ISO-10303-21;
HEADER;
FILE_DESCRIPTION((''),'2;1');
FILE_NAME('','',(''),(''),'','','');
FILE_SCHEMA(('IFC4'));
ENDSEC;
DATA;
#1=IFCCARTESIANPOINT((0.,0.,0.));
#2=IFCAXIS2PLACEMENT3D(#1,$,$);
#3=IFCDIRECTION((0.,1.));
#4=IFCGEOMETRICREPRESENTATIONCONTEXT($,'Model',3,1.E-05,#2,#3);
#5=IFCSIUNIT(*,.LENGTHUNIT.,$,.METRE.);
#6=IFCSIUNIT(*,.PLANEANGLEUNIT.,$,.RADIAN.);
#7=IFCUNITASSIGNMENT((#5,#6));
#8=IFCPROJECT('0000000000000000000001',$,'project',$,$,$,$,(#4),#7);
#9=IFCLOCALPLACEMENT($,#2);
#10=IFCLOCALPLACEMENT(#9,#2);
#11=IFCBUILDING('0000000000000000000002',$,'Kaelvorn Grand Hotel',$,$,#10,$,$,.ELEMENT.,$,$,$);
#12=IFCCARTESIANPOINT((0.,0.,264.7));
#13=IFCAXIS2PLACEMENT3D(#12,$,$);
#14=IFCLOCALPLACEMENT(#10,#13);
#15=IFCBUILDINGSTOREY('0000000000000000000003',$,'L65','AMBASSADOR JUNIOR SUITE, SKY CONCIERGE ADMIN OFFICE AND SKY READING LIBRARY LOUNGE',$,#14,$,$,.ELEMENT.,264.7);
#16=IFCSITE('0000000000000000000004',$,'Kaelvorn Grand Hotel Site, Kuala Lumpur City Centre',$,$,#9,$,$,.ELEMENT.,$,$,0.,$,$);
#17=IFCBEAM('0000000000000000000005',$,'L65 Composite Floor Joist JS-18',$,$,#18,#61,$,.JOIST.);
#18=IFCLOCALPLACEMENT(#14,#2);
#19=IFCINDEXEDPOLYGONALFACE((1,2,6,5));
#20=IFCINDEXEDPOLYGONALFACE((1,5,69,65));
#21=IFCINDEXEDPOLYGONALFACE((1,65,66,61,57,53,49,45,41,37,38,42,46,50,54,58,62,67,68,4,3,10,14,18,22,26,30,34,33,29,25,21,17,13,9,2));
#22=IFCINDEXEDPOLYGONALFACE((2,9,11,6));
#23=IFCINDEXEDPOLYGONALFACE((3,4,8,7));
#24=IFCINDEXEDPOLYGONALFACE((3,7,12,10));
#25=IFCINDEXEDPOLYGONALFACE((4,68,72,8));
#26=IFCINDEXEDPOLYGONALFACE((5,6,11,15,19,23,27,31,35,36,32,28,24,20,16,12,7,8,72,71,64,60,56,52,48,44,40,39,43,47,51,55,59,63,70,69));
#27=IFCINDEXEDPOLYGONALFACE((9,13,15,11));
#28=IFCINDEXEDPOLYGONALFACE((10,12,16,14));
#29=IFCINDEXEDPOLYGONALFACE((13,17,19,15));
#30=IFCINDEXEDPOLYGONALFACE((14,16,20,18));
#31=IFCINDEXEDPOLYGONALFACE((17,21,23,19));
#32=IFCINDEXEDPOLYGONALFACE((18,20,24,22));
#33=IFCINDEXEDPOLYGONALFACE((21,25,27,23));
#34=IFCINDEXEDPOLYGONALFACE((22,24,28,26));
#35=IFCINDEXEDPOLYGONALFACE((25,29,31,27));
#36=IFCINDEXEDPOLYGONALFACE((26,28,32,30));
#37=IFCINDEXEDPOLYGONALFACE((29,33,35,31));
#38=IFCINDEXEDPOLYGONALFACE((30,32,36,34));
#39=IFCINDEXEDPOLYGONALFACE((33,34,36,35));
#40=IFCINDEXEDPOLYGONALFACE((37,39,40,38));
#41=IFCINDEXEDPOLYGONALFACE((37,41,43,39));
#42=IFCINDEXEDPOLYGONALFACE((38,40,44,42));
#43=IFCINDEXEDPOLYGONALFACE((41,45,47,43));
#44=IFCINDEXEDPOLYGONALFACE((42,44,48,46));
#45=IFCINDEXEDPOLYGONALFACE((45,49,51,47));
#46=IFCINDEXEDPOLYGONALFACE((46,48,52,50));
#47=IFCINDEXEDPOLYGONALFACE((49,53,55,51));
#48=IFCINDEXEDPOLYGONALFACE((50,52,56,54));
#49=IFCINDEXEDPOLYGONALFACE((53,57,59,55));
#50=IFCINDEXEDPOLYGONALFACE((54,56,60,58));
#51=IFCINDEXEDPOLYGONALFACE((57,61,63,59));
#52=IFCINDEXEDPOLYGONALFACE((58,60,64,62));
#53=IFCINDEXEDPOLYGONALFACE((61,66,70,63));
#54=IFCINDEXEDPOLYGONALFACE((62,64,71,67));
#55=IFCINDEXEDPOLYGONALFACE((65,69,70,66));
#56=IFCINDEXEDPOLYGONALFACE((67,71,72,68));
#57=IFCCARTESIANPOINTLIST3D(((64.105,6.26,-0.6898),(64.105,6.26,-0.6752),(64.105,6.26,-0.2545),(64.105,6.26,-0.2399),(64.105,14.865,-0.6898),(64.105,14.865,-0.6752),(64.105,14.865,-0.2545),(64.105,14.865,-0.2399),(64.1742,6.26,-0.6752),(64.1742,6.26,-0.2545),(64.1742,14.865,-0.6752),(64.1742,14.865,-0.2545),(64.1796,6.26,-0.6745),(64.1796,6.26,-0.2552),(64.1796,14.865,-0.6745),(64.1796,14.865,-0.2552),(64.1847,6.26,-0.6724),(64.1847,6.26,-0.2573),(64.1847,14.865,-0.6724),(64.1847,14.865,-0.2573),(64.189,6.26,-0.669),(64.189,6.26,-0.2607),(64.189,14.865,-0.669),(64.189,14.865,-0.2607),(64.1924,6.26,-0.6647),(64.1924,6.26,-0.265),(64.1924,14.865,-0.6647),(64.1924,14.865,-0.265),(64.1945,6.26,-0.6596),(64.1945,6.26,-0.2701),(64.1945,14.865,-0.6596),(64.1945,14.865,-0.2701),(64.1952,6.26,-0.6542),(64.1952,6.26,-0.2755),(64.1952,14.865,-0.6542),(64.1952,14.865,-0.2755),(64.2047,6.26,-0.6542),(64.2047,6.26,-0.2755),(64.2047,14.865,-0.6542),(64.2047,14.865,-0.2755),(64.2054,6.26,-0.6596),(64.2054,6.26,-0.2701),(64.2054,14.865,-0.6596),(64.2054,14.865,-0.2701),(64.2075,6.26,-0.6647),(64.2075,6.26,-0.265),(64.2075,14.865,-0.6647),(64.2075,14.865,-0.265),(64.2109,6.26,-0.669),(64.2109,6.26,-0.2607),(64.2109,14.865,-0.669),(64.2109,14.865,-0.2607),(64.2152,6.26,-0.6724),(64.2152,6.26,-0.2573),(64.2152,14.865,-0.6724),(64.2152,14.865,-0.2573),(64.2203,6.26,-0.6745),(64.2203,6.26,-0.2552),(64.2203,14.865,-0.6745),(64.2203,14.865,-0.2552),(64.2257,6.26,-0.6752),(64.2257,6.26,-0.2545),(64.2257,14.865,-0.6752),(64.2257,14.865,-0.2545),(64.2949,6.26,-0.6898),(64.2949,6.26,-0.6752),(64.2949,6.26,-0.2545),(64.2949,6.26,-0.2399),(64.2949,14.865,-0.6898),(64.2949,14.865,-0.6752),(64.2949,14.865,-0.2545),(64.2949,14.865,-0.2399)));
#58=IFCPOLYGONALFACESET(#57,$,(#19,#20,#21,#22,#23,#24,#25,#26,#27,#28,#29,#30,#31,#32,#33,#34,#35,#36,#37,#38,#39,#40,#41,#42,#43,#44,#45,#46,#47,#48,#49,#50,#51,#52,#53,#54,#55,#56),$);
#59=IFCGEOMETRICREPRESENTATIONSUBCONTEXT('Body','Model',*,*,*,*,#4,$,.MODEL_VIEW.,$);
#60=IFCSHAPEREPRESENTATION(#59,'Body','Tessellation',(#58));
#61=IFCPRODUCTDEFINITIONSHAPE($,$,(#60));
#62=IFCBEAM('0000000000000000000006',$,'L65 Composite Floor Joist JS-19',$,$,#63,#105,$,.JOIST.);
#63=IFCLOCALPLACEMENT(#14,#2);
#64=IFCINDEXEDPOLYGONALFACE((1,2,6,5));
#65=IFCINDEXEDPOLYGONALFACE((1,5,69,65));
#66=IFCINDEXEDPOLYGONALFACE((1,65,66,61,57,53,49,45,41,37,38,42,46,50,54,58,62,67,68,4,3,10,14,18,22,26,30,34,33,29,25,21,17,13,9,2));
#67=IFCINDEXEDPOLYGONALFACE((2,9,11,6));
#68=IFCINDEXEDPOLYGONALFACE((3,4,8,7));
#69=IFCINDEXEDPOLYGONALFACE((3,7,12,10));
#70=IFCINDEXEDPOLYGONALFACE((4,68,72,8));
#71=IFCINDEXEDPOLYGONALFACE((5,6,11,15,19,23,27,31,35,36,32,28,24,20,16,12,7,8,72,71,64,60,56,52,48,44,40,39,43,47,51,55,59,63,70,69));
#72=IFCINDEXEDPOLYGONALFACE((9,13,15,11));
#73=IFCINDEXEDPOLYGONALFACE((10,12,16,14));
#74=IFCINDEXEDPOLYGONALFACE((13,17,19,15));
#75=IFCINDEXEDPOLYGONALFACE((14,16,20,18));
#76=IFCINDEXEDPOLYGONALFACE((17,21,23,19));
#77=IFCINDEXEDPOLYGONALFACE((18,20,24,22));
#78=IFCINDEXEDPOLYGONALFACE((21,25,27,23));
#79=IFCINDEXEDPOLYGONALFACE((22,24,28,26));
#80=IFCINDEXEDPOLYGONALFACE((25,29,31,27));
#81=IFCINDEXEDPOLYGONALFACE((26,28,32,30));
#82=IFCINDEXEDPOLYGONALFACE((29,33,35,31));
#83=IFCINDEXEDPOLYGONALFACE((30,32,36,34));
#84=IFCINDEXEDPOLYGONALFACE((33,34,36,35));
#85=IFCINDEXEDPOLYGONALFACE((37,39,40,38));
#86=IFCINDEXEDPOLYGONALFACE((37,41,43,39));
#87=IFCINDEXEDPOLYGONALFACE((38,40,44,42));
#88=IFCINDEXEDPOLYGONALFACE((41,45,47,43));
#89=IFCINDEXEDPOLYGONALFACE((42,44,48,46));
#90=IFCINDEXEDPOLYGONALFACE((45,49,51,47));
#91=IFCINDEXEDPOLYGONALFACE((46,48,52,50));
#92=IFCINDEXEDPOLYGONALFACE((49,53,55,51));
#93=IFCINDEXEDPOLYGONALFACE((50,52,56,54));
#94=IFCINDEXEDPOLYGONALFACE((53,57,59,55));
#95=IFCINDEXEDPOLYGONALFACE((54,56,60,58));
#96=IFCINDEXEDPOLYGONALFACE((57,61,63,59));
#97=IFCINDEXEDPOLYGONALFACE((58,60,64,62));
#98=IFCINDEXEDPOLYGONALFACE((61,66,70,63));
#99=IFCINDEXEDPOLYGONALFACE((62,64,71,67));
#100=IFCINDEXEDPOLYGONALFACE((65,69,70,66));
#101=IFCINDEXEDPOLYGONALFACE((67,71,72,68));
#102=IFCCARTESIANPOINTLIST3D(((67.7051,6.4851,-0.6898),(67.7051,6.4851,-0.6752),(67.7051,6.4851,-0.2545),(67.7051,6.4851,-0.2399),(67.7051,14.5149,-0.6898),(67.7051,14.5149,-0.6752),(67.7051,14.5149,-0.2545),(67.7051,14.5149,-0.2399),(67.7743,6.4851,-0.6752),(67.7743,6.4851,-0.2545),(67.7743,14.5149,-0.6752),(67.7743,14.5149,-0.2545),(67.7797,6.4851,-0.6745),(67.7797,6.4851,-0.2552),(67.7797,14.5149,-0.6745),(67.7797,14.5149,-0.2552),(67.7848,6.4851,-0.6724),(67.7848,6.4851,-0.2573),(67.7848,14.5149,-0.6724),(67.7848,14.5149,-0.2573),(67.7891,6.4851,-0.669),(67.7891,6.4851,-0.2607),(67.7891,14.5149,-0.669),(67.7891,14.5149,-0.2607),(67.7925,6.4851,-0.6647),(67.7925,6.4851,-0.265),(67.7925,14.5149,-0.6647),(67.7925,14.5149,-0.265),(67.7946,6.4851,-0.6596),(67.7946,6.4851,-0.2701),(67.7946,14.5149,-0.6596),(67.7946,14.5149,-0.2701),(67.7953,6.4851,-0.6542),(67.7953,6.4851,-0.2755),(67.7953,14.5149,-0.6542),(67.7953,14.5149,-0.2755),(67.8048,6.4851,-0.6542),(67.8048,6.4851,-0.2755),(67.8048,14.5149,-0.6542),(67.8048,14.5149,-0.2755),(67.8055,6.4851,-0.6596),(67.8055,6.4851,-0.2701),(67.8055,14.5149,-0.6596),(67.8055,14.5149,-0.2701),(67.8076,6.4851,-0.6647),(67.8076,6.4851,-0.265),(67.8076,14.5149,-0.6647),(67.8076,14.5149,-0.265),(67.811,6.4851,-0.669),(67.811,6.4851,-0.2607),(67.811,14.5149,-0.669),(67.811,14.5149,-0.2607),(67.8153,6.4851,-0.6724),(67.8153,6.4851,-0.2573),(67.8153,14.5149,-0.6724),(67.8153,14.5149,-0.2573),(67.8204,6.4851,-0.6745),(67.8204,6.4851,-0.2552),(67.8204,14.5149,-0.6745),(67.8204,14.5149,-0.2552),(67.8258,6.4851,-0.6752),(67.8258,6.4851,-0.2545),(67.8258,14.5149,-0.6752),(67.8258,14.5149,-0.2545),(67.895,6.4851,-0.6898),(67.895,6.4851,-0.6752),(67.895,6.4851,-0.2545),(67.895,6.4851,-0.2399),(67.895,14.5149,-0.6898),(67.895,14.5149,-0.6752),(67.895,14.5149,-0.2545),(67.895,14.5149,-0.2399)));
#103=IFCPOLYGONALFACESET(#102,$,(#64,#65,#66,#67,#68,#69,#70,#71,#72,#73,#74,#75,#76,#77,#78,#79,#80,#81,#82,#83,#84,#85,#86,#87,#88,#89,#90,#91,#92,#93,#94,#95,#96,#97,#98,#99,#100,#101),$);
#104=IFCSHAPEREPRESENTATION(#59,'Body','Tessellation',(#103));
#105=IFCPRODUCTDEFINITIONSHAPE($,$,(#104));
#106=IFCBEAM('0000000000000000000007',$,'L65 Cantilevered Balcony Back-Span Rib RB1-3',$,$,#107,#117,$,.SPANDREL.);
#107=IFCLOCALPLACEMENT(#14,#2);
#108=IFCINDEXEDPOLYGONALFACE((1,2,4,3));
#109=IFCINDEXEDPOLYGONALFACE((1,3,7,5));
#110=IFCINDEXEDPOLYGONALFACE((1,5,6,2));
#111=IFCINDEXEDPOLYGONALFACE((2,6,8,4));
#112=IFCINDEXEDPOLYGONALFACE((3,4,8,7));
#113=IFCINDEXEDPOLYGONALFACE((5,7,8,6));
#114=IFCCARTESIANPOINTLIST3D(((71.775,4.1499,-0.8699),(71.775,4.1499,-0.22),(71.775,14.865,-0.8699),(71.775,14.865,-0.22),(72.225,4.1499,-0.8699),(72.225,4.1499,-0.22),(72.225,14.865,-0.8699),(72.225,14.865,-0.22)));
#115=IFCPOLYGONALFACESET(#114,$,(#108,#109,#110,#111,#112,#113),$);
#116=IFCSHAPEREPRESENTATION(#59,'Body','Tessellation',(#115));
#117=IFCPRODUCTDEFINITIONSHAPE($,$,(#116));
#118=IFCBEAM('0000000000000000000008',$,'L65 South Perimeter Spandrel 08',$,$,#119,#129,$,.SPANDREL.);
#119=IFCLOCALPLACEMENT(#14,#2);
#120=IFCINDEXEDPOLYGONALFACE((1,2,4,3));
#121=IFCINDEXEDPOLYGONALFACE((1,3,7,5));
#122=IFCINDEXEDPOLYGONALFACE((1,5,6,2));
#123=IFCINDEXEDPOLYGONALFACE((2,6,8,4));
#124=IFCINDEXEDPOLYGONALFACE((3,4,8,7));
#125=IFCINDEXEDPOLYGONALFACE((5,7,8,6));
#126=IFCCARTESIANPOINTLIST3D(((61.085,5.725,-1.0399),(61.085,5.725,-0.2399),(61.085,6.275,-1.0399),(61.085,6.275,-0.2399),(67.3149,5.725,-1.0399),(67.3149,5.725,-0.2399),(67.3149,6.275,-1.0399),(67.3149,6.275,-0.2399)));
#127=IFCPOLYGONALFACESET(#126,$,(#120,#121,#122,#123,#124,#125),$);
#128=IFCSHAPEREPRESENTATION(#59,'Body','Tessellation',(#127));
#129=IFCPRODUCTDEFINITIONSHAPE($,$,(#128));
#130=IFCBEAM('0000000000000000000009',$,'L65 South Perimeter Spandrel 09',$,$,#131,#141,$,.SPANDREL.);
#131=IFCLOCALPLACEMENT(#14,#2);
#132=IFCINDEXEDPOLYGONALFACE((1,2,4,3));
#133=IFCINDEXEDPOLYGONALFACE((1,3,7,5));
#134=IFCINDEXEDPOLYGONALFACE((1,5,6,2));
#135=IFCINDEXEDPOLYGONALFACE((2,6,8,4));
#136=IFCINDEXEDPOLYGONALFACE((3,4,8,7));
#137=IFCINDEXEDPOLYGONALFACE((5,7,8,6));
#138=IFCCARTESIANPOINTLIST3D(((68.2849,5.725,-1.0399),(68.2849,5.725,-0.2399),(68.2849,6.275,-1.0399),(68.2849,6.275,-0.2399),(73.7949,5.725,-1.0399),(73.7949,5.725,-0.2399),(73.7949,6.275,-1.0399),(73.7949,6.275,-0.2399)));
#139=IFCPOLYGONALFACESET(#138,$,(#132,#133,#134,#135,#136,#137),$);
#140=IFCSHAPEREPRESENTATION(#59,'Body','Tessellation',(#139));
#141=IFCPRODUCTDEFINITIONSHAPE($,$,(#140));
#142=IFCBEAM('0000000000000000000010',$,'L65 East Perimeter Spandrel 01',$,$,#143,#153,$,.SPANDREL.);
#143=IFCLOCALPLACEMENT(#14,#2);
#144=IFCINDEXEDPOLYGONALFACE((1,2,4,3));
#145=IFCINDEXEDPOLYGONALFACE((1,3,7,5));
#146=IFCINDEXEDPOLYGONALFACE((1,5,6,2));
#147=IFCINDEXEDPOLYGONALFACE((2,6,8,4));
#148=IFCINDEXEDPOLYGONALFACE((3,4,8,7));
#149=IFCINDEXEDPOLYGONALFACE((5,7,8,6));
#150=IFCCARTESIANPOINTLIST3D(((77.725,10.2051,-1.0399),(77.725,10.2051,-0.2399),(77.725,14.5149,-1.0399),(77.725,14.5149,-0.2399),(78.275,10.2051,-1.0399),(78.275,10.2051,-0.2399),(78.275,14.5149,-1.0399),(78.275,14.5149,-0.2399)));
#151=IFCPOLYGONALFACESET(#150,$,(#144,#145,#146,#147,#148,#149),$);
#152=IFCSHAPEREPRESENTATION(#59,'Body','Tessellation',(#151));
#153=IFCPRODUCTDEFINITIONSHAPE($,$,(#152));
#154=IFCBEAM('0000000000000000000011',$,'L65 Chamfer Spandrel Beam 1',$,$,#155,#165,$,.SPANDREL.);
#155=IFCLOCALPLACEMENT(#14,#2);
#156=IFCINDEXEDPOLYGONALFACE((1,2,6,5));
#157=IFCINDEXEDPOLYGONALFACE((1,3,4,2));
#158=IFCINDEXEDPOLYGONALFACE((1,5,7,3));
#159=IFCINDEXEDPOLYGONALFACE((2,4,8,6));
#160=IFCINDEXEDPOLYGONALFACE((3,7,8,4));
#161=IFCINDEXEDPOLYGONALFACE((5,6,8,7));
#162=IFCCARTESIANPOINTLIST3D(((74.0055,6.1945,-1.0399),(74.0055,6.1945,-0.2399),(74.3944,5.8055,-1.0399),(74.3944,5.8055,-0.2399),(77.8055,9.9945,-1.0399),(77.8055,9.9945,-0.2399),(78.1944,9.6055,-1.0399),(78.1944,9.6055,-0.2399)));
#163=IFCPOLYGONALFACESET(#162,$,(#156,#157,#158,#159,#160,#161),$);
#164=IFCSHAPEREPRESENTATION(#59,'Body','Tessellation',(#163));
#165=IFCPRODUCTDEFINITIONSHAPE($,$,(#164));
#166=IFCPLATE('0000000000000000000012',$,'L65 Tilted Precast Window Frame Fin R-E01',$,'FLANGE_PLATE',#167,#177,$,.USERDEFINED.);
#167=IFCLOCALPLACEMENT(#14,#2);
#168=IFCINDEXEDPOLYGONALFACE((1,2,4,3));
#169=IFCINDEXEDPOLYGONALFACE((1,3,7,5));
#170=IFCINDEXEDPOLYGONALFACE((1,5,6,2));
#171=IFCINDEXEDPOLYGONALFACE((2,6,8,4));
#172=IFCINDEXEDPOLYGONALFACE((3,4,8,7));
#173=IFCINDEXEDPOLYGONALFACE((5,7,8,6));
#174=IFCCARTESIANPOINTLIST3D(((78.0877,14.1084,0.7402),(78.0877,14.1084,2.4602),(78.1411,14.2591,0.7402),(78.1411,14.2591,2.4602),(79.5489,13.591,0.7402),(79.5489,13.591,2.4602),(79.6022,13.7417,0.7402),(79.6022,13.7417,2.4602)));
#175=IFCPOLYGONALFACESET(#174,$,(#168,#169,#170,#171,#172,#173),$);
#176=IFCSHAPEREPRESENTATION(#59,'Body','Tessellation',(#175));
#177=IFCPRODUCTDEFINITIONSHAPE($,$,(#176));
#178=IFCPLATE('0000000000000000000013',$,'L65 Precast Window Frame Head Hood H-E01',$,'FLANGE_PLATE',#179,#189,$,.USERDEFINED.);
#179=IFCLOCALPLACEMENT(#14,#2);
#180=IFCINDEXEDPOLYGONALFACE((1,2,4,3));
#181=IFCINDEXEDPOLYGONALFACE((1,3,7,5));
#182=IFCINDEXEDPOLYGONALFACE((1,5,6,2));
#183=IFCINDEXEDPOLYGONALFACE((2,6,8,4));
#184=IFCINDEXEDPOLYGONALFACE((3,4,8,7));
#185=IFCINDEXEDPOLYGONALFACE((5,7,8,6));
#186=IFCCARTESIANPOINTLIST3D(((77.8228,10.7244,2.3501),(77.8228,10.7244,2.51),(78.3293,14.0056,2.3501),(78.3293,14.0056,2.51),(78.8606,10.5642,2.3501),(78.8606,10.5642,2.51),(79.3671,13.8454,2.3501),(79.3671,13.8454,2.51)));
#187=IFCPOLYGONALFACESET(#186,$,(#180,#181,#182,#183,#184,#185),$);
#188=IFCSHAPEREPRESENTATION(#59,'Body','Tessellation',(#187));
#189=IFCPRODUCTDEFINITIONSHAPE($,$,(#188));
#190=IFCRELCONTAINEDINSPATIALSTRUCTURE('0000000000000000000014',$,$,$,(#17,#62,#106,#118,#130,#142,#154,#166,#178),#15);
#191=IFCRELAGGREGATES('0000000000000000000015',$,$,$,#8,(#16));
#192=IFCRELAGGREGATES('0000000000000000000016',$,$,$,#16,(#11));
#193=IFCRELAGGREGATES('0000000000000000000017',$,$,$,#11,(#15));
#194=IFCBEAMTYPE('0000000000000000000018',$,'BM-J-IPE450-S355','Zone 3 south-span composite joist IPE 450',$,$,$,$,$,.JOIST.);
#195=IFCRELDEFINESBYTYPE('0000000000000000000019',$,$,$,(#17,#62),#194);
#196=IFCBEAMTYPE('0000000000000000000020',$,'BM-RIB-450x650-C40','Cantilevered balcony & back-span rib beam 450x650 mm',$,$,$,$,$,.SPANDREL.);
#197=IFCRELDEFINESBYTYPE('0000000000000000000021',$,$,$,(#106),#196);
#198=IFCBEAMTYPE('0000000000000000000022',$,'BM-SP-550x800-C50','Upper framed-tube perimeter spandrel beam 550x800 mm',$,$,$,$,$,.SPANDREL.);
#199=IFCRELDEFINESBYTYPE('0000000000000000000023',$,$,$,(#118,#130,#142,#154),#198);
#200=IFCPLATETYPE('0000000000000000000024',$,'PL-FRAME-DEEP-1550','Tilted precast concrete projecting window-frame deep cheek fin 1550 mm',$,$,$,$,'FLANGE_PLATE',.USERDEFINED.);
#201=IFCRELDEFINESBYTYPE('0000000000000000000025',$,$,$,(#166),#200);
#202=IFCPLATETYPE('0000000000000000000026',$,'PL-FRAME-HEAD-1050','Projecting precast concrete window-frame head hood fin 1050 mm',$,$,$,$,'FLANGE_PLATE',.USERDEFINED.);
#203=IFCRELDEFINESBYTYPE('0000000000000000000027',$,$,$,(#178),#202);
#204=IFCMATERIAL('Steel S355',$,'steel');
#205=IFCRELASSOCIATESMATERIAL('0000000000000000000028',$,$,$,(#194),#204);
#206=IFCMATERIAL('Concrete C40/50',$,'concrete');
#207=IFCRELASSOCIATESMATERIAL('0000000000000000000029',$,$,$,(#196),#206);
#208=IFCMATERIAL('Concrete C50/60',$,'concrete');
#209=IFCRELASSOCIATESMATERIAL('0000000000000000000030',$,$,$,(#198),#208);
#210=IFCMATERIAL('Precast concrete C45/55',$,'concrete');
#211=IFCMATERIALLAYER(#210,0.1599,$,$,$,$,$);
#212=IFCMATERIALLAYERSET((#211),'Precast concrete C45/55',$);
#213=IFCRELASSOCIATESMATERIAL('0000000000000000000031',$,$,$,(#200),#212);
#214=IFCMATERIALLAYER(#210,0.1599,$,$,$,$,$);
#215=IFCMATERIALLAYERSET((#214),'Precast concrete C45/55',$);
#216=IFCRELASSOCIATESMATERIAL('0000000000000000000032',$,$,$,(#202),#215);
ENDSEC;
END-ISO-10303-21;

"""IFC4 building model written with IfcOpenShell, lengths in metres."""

from ifc_helpers import new_model, si_unit, direction, frame, origin, origin_2d, place, context, subcontext, project, spatial, rectangle, i_section, extrude, material, layer, layer_set, material_profile, profile_set, type_object, element, save


model = new_model("IFC4")

# Units and contexts
model_context = context("Model", 3, precision=1e-05, world=origin(), true_north=direction((0.0, 1.0)))
body_context = subcontext(model_context, "Body", "Model", "MODEL_VIEW")
ifc_project = project(units=[si_unit("LENGTHUNIT", "METRE"), si_unit("PLANEANGLEUNIT", "RADIAN")], contexts=[model_context])

# Site, building, storey
site_placement = place(None, origin())
site = spatial("IfcSite", under=ifc_project, at=site_placement, Name="Kaelvorn Grand Hotel Site, Kuala Lumpur City Centre", CompositionType="ELEMENT", RefElevation=0.0)
building_placement = place(site_placement, origin())
building = spatial("IfcBuilding", under=site, at=building_placement, Name="Kaelvorn Grand Hotel", CompositionType="ELEMENT")
storey_placement = place(building_placement, frame((0.0, 0.0, 264.7)))
storey = spatial("IfcBuildingStorey", under=building, at=storey_placement, Name="L65", Description="AMBASSADOR JUNIOR SUITE, SKY CONCIERGE ADMIN OFFICE AND SKY READING LIBRARY LOUNGE", CompositionType="ELEMENT", Elevation=264.7)

# Shared definitions
ifc_material_1 = material(Name="Concrete C50/60", Category="concrete")

# Beams
ifc_material_2 = material(Name="Steel S355", Category="steel")
ifc_material_profile_1 = material_profile(ifc_material_2, i_section(OverallWidth=0.1899, OverallDepth=0.45, WebThickness=0.0095, FlangeThickness=0.0146, FilletRadius=0.021, at=origin_2d()), Name="IPE 450")
ifc_profile_set_1 = profile_set([ifc_material_profile_1], Name="Steel S355")
beam_type_1 = type_object("IfcBeamType", Name="BM-J-IPE450-S355", Description="Zone 3 south-span composite joist IPE 450", PredefinedType="JOIST", material=ifc_profile_set_1)
beam_1_placement = place(storey_placement, frame((64.2, 6.26, -0.4648), z_axis=(0.0, 1.0, 0.0), x_axis=(-1.0, 0.0, 0.0)))
element("IfcBeam", 1, at=beam_1_placement, inside=storey, type_object=beam_type_1, Name="L65 Composite Floor Joist JS-18", PredefinedType="JOIST", context=body_context, shape_type="SweptSolid", body=[
    extrude(i_section(OverallWidth=0.1899, OverallDepth=0.45, WebThickness=0.0095, FlangeThickness=0.0146, FilletRadius=0.021, at=origin_2d()), origin(), (0.0, 0.0, 1.0), 8.605),
])
beam_2_placement = place(storey_placement, frame((67.8, 6.4851, -0.4648), z_axis=(0.0, 1.0, 0.0), x_axis=(-1.0, 0.0, 0.0)))
element("IfcBeam", 2, at=beam_2_placement, inside=storey, type_object=beam_type_1, Name="L65 Composite Floor Joist JS-19", PredefinedType="JOIST", context=body_context, shape_type="SweptSolid", body=[
    extrude(i_section(OverallWidth=0.1899, OverallDepth=0.45, WebThickness=0.0095, FlangeThickness=0.0146, FilletRadius=0.021, at=origin_2d()), origin(), (0.0, 0.0, 1.0), 8.0298),
])
ifc_material_3 = material(Name="Concrete C40/50", Category="concrete")
ifc_material_profile_2 = material_profile(ifc_material_3, rectangle(XDim=0.45, YDim=0.6499, at=origin_2d()), Name="RC RIB 450x650")
ifc_profile_set_2 = profile_set([ifc_material_profile_2], Name="Concrete C40/50")
beam_type_2 = type_object("IfcBeamType", Name="BM-RIB-450x650-C40", Description="Cantilevered balcony & back-span rib beam 450x650 mm", PredefinedType="SPANDREL", material=ifc_profile_set_2)
beam_3_placement = place(storey_placement, frame((72.0, 4.1499, -0.5449), z_axis=(0.0, 1.0, 0.0), x_axis=(-1.0, 0.0, 0.0)))
element("IfcBeam", 3, at=beam_3_placement, inside=storey, type_object=beam_type_2, Name="L65 Cantilevered Balcony Back-Span Rib RB1-3", PredefinedType="SPANDREL", context=body_context, shape_type="SweptSolid", body=[
    extrude(rectangle(XDim=0.45, YDim=0.6499, at=origin_2d()), origin(), (0.0, 0.0, 1.0), 10.7151),
])
ifc_material_profile_3 = material_profile(ifc_material_1, rectangle(XDim=0.55, YDim=0.8, at=origin_2d()), Name="RC SPANDREL 550x800")
ifc_profile_set_3 = profile_set([ifc_material_profile_3], Name="Concrete C50/60")
beam_type_3 = type_object("IfcBeamType", Name="BM-SP-550x800-C50", Description="Upper framed-tube perimeter spandrel beam 550x800 mm", PredefinedType="SPANDREL", material=ifc_profile_set_3)
beam_4_placement = place(storey_placement, frame((61.085, 6.0, -0.6399), z_axis=(1.0, 0.0, 0.0), x_axis=(0.0, 1.0, 0.0)))
element("IfcBeam", 4, at=beam_4_placement, inside=storey, type_object=beam_type_3, Name="L65 South Perimeter Spandrel 08", PredefinedType="SPANDREL", context=body_context, shape_type="SweptSolid", body=[
    extrude(rectangle(XDim=0.55, YDim=0.8, at=origin_2d()), origin(), (0.0, 0.0, 1.0), 6.23),
])
beam_5_placement = place(storey_placement, frame((68.2849, 6.0, -0.6399), z_axis=(1.0, 0.0, 0.0), x_axis=(0.0, 1.0, 0.0)))
element("IfcBeam", 5, at=beam_5_placement, inside=storey, type_object=beam_type_3, Name="L65 South Perimeter Spandrel 09", PredefinedType="SPANDREL", context=body_context, shape_type="SweptSolid", body=[
    extrude(rectangle(XDim=0.55, YDim=0.8, at=origin_2d()), origin(), (0.0, 0.0, 1.0), 5.51),
])
beam_6_placement = place(storey_placement, frame((78.0, 10.2051, -0.6399), z_axis=(0.0, 1.0, 0.0), x_axis=(-1.0, 0.0, 0.0)))
element("IfcBeam", 6, at=beam_6_placement, inside=storey, type_object=beam_type_3, Name="L65 East Perimeter Spandrel 01", PredefinedType="SPANDREL", context=body_context, shape_type="SweptSolid", body=[
    extrude(rectangle(XDim=0.55, YDim=0.8, at=origin_2d()), origin(), (0.0, 0.0, 1.0), 4.3098),
])
beam_7_placement = place(storey_placement, frame((74.2, 6.0, -0.6399), z_axis=(0.707107, 0.707107, 0.0), x_axis=(-0.707107, 0.707107, 0.0)))
element("IfcBeam", 7, at=beam_7_placement, inside=storey, type_object=beam_type_3, Name="L65 Chamfer Spandrel Beam 1", PredefinedType="SPANDREL", context=body_context, shape_type="SweptSolid", body=[
    extrude(rectangle(XDim=0.55, YDim=0.8, at=origin_2d()), origin(), (0.0, 0.0, 1.0), 5.374),
])

# Plates
ifc_material_4 = material(Name="Precast concrete C45/55", Category="concrete")
ifc_layer_1 = layer(ifc_material_4, 0.1599)
ifc_layer_set_1 = layer_set([ifc_layer_1], Name="Precast concrete C45/55")
plate_type_1 = type_object("IfcPlateType", Name="PL-FRAME-DEEP-1550", Description="Tilted precast concrete projecting window-frame deep cheek fin 1550 mm", ElementType="FLANGE_PLATE", PredefinedType="USERDEFINED", material=ifc_layer_set_1)
plate_1_placement = place(storey_placement, frame((78.845, 13.925, 0.7402), z_axis=(0.0, 0.0, 1.0), x_axis=(0.333807, 0.942641, 0.0)))
element("IfcPlate", 8, at=plate_1_placement, inside=storey, type_object=plate_type_1, Name="L65 Tilted Precast Window Frame Fin R-E01", ObjectType="FLANGE_PLATE", PredefinedType="USERDEFINED", context=body_context, shape_type="SweptSolid", body=[
    extrude(rectangle(XDim=0.1599, YDim=1.55, at=origin_2d()), origin(), (0.0, 0.0, 1.0), 1.72),
])
ifc_layer_2 = layer(ifc_material_4, 0.1599)
ifc_layer_set_2 = layer_set([ifc_layer_2], Name="Precast concrete C45/55")
plate_type_2 = type_object("IfcPlateType", Name="PL-FRAME-HEAD-1050", Description="Projecting precast concrete window-frame head hood fin 1050 mm", ElementType="FLANGE_PLATE", PredefinedType="USERDEFINED", material=ifc_layer_set_2)
plate_2_placement = place(storey_placement, frame((78.595, 12.2849, 2.3501), z_axis=(0.0, 0.0, 1.0), x_axis=(0.152555, 0.988295, 0.0)))
element("IfcPlate", 9, at=plate_2_placement, inside=storey, type_object=plate_type_2, Name="L65 Precast Window Frame Head Hood H-E01", ObjectType="FLANGE_PLATE", PredefinedType="USERDEFINED", context=body_context, shape_type="SweptSolid", body=[
    extrude(rectangle(XDim=3.3201, YDim=1.05, at=origin_2d()), origin(), (0.0, 0.0, 1.0), 0.1599),
])

save(model, "model.ifc")
